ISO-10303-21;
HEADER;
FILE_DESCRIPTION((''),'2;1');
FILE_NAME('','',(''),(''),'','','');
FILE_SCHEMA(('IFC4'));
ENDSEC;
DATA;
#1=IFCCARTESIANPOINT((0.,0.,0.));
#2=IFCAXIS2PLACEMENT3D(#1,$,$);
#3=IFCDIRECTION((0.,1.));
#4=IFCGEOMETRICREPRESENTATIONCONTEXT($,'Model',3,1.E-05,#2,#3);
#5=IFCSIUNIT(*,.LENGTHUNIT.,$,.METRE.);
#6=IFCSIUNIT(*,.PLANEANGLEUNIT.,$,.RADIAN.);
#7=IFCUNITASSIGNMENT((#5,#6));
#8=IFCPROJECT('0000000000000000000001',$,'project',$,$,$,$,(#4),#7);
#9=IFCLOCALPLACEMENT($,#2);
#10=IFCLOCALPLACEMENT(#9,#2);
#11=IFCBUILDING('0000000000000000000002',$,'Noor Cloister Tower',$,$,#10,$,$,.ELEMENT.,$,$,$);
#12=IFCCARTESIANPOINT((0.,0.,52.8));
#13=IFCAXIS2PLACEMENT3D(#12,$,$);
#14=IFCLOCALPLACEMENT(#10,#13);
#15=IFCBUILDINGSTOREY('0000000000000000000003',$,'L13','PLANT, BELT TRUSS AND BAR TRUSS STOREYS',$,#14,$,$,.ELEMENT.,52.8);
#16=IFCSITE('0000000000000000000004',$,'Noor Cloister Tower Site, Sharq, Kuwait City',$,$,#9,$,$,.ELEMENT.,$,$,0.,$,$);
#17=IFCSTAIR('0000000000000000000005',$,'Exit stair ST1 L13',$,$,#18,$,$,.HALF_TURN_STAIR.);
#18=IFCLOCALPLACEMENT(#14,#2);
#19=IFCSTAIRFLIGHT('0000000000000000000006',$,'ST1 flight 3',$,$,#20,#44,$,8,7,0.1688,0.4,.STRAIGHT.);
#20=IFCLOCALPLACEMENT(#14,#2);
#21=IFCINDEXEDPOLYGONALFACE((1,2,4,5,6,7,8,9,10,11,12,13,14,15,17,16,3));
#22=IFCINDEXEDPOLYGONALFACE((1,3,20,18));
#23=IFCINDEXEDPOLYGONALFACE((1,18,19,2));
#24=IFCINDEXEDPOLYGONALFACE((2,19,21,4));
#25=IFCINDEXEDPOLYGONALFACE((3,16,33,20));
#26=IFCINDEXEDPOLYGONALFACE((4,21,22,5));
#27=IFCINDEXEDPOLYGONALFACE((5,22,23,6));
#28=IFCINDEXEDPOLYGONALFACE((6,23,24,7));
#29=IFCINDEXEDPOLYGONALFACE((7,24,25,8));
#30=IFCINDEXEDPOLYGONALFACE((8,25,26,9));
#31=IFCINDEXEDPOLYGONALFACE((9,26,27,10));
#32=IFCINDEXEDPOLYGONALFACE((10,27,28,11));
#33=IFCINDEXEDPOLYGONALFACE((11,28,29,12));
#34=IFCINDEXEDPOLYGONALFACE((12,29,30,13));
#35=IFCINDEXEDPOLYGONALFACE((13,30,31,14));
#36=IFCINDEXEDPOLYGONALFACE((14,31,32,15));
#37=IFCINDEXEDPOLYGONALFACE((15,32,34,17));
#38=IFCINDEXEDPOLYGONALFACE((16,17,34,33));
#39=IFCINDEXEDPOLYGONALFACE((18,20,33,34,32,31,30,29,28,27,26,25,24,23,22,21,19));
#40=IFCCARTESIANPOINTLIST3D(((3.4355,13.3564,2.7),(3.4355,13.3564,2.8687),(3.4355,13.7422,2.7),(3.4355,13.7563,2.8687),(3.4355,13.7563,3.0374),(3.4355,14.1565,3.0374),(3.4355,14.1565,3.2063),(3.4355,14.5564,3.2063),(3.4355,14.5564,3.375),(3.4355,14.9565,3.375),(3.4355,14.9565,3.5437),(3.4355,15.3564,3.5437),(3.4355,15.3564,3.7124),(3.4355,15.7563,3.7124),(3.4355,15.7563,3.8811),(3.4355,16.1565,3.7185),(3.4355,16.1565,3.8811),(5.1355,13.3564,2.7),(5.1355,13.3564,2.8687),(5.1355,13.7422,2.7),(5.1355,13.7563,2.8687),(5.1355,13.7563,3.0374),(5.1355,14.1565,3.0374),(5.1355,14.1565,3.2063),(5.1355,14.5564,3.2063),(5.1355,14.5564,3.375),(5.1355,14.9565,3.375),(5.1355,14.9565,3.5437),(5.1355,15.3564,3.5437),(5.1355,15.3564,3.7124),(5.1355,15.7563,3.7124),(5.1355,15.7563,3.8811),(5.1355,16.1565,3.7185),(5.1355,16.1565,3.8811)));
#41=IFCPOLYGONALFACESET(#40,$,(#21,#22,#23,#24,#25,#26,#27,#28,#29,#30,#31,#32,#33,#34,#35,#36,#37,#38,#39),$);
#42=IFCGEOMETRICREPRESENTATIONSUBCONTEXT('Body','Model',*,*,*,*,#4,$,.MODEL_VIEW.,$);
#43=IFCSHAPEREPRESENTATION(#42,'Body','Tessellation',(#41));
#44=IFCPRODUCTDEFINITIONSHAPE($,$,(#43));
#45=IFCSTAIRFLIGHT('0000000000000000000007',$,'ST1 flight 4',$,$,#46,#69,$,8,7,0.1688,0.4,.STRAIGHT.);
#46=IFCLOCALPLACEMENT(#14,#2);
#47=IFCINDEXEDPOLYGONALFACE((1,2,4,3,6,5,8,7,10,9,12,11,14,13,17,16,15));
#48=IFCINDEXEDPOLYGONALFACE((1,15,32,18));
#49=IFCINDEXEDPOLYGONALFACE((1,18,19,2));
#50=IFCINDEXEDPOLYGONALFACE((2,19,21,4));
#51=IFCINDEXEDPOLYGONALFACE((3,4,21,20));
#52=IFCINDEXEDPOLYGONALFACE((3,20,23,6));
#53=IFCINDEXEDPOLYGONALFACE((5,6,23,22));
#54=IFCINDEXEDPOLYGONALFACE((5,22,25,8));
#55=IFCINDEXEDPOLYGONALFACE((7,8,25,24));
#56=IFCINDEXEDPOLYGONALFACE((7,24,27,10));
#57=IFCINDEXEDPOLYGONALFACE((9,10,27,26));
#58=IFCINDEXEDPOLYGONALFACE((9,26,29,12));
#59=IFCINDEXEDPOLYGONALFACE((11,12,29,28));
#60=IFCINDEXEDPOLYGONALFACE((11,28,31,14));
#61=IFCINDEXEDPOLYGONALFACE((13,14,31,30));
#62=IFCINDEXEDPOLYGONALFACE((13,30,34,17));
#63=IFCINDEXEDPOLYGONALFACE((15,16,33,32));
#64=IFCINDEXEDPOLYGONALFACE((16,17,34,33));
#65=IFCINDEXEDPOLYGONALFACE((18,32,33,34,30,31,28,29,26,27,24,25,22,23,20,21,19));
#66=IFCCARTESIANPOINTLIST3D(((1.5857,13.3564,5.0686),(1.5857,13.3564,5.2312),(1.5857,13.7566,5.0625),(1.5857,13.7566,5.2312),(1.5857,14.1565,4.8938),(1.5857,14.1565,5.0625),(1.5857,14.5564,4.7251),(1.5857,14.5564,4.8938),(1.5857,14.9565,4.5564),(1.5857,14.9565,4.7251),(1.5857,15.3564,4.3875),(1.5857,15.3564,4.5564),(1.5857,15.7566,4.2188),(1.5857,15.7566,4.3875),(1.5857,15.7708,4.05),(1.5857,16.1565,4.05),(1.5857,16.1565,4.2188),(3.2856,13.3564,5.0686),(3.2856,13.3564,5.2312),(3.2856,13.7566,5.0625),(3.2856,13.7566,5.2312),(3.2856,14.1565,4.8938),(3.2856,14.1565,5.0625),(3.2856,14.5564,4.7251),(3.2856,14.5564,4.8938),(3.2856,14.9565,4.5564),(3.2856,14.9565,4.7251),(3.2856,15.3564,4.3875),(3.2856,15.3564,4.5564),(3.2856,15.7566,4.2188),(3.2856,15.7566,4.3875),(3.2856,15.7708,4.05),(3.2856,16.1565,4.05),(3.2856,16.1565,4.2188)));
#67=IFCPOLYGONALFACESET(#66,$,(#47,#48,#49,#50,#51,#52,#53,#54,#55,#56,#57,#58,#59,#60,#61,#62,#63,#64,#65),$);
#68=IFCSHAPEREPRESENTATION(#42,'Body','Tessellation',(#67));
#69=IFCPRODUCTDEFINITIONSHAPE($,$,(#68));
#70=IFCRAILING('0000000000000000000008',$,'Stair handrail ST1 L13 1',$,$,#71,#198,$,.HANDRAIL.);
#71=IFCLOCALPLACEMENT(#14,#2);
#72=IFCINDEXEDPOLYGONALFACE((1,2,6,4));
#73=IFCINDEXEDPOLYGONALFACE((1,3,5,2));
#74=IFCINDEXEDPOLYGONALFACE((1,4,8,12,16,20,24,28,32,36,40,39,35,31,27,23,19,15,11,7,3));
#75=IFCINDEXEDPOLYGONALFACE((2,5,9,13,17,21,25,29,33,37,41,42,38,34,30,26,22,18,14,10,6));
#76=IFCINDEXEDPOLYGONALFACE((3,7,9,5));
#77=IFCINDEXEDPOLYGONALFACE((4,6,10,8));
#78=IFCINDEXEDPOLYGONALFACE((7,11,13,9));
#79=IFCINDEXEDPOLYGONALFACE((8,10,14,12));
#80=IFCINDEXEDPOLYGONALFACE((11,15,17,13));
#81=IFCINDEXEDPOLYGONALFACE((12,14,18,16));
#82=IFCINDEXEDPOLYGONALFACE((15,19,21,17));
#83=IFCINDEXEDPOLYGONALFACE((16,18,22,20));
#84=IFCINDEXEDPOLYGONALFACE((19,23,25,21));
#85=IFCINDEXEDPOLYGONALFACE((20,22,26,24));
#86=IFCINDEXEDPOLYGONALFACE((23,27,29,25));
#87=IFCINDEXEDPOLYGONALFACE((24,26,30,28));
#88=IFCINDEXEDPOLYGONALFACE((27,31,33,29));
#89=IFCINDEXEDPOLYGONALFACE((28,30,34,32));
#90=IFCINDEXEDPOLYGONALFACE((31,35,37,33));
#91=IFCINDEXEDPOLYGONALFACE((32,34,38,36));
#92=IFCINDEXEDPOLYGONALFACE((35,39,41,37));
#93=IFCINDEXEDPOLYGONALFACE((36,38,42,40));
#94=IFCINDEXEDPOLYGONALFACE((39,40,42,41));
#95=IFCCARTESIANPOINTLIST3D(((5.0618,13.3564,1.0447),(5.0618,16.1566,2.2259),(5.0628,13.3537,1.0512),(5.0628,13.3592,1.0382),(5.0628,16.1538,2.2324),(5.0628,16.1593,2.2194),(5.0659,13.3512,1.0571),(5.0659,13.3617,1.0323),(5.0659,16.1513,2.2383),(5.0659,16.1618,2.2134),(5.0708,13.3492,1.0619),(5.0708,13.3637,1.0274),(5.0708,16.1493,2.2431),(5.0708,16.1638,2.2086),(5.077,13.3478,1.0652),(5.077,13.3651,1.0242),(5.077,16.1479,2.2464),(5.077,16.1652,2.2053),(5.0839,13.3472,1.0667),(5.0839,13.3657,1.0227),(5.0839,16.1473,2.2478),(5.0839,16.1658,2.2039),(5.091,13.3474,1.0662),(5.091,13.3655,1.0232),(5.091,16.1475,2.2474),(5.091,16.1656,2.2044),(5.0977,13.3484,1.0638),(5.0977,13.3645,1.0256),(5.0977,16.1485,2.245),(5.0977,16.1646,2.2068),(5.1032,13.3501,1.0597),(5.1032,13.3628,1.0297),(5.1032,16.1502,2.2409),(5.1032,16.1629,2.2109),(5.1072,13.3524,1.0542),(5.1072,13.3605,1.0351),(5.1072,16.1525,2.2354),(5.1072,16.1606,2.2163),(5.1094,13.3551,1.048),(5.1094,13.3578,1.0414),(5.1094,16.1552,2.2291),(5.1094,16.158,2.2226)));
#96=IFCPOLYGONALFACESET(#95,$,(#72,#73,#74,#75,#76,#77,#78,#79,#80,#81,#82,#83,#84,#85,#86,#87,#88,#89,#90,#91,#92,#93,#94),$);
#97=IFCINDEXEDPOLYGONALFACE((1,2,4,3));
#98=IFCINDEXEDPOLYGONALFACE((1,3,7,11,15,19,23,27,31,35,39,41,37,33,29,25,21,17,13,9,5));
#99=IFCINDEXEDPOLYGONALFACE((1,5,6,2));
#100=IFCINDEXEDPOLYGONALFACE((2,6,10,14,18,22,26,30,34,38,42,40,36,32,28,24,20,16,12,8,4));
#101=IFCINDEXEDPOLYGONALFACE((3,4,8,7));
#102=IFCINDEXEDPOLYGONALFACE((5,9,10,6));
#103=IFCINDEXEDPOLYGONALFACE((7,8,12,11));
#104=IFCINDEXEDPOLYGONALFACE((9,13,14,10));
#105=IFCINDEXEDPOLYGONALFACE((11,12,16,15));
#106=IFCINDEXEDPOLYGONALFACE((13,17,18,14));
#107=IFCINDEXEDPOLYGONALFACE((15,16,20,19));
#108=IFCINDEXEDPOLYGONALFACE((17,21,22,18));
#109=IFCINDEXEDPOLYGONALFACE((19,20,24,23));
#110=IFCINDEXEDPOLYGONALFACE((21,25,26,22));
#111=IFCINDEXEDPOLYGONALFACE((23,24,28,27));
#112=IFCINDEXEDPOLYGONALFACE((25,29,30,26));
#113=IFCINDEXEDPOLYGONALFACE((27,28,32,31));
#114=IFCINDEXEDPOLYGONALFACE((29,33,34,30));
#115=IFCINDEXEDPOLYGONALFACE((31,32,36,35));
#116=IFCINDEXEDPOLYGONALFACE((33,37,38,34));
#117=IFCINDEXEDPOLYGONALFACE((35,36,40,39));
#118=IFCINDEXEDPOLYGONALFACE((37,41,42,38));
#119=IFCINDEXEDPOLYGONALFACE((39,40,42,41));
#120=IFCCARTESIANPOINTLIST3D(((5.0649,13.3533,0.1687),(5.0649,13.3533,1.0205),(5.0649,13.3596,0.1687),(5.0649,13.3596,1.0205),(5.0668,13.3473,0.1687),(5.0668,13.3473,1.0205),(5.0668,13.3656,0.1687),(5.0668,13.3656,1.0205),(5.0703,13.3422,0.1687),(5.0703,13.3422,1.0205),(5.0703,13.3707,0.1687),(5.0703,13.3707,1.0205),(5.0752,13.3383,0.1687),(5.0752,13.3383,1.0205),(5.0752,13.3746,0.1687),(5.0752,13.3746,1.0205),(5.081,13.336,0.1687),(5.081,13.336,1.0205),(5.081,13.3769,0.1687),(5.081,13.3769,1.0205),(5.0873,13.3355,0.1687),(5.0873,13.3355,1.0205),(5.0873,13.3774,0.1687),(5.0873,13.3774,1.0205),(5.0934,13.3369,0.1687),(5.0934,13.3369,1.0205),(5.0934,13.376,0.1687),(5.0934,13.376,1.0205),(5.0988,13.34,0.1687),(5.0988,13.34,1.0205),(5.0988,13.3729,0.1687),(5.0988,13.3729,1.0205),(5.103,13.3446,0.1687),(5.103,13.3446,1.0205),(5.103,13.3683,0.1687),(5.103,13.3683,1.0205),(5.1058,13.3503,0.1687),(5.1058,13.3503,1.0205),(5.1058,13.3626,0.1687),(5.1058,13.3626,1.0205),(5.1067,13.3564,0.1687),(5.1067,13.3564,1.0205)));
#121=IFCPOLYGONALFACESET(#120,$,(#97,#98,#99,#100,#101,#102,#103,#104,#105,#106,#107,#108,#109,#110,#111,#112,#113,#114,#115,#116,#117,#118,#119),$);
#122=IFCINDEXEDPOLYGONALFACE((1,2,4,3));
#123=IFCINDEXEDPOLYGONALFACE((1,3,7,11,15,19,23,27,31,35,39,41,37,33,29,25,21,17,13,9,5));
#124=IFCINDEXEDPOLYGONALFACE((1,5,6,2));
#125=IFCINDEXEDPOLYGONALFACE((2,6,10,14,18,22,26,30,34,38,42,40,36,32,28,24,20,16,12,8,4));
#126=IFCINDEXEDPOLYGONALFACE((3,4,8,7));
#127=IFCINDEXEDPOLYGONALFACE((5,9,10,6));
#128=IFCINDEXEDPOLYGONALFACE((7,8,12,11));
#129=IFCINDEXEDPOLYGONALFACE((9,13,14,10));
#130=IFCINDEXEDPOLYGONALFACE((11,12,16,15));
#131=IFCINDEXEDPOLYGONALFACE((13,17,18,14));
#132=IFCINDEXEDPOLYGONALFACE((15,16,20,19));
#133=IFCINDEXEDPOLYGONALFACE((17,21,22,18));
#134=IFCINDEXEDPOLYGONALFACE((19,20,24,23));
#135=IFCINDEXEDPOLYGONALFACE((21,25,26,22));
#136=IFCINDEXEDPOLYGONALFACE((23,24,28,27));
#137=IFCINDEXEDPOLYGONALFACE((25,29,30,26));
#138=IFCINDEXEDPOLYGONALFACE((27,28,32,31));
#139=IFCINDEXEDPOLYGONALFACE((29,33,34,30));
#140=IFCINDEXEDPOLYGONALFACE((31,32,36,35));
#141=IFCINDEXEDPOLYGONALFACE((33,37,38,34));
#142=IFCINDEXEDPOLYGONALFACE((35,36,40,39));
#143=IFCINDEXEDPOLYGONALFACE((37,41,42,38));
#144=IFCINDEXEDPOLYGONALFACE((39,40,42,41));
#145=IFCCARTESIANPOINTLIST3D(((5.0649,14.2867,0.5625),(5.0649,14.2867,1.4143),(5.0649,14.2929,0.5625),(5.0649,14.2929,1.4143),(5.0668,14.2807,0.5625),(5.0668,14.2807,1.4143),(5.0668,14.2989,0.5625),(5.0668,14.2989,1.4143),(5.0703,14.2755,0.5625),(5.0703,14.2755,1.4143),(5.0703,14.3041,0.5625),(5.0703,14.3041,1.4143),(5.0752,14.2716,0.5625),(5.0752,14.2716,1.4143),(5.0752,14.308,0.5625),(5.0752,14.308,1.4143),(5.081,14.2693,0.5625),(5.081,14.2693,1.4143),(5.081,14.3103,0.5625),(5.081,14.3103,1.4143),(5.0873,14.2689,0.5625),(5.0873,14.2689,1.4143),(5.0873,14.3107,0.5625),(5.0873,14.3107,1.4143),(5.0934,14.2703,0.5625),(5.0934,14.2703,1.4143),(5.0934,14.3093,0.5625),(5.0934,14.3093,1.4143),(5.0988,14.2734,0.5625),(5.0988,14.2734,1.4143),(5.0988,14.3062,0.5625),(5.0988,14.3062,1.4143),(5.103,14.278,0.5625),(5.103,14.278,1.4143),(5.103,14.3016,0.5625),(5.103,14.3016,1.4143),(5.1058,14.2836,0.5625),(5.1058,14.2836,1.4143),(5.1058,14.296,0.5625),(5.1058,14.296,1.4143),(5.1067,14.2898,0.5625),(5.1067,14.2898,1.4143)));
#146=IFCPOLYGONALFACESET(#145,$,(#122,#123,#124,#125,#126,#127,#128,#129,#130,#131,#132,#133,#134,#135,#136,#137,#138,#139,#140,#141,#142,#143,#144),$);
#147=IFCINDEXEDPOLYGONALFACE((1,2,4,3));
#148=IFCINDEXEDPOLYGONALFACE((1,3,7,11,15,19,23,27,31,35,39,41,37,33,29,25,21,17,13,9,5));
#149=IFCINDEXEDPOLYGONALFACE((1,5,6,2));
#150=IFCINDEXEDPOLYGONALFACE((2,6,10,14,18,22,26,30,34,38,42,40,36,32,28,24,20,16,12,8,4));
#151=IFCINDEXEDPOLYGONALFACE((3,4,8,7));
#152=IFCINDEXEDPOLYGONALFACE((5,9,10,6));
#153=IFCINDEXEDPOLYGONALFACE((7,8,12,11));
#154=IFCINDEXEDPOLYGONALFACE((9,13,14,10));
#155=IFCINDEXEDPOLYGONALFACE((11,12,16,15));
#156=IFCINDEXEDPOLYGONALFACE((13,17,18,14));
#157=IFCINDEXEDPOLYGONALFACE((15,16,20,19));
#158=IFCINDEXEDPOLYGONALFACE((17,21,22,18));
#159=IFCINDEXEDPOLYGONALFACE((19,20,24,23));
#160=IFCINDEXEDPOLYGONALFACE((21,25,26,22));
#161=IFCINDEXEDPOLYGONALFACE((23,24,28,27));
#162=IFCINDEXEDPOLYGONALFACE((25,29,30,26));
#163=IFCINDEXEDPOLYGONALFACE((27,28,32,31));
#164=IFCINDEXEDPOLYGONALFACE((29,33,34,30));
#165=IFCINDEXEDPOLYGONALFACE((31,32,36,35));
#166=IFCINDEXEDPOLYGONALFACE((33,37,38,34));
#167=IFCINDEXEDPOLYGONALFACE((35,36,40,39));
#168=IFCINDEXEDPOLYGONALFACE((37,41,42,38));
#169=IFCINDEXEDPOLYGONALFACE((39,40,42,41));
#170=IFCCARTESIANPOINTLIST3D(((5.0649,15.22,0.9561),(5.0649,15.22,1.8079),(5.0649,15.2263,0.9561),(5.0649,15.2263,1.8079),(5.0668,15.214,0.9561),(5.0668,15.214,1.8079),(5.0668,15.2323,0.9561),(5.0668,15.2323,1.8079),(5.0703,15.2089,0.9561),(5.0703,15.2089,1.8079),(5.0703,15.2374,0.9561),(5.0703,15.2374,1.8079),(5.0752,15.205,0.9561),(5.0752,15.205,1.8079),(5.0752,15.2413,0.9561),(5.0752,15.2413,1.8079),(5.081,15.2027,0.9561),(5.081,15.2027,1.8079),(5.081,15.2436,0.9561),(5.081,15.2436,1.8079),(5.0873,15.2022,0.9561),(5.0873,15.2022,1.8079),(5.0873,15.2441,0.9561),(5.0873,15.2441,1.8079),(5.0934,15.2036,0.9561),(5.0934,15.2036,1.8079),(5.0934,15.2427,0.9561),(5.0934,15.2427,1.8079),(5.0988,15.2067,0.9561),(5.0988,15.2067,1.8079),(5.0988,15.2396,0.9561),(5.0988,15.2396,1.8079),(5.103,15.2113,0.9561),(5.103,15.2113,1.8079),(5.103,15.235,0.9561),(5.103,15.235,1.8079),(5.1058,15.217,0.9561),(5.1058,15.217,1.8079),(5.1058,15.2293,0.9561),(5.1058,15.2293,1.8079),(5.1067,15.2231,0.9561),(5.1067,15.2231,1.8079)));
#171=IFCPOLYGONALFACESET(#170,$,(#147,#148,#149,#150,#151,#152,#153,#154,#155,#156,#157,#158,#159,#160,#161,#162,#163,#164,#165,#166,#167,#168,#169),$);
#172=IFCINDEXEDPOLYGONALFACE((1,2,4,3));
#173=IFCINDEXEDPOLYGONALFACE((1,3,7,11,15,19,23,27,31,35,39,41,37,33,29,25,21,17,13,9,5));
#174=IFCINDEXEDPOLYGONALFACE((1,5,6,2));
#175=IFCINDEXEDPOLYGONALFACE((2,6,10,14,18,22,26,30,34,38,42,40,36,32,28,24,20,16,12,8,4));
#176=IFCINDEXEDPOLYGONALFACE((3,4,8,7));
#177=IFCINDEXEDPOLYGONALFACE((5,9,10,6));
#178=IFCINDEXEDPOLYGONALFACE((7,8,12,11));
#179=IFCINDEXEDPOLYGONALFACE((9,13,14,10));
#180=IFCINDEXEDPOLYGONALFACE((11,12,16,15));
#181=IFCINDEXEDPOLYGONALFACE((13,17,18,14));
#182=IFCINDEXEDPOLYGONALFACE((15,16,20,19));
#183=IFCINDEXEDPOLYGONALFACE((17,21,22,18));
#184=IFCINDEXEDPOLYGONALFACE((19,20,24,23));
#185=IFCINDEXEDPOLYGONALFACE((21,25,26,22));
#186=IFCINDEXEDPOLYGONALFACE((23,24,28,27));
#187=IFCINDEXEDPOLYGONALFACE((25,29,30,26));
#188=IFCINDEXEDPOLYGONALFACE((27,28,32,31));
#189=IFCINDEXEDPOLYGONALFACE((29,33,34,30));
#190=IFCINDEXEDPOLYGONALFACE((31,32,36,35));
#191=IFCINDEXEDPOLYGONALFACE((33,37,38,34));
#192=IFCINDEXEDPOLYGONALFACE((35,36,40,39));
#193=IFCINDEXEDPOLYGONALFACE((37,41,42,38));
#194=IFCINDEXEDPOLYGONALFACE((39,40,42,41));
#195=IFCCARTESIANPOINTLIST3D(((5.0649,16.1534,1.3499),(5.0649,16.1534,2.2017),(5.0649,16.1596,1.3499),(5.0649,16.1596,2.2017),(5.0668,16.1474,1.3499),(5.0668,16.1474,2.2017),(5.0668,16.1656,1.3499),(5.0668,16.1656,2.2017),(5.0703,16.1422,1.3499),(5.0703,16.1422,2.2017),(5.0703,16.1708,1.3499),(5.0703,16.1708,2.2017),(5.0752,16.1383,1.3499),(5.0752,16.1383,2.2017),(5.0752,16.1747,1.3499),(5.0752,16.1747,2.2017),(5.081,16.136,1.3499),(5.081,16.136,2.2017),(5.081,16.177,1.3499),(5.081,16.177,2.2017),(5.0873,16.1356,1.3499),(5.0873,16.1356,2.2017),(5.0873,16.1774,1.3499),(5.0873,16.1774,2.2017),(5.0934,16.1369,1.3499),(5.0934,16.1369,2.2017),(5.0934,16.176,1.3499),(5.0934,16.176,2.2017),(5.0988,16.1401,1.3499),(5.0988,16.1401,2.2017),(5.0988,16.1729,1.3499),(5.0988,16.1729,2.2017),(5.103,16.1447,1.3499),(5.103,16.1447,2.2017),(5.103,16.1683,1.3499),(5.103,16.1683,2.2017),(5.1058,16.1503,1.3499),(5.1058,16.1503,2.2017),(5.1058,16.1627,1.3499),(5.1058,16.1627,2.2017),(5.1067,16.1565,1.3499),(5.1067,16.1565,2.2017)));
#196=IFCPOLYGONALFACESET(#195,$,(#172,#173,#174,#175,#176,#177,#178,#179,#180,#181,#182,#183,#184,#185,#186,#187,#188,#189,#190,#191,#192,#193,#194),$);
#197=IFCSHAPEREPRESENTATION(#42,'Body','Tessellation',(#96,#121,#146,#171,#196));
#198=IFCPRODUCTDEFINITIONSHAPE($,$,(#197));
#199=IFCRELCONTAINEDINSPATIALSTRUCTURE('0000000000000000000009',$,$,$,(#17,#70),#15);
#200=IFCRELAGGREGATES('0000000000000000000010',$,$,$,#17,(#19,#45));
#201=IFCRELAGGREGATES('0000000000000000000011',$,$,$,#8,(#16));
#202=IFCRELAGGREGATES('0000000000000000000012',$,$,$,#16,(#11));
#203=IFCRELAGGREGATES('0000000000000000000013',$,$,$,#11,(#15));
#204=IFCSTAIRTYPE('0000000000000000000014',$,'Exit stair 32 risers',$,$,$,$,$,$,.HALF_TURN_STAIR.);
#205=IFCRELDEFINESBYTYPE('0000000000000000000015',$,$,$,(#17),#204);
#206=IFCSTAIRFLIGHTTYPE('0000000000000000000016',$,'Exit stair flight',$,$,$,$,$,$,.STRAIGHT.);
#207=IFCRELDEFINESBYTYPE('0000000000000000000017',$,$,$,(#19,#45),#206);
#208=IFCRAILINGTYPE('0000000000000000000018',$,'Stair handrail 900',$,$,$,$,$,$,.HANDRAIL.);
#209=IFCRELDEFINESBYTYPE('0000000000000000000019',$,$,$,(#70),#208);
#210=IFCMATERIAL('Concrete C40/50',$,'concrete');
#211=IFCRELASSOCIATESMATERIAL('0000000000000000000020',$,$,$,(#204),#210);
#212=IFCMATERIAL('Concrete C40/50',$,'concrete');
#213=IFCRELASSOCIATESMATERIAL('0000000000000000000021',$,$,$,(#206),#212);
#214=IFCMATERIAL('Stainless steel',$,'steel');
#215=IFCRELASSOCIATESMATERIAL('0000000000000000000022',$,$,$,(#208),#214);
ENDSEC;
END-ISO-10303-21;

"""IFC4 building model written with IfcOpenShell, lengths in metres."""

from ifc_helpers import new_model, si_unit, direction, frame, origin, origin_2d, place, context, subcontext, project, spatial, polyline, circle, outline, extrude, material, type_object, element, aggregate, save


model = new_model("IFC4")

# Units and contexts
model_context = context("Model", 3, precision=1e-05, world=origin(), true_north=direction((0.0, 1.0)))
body_context = subcontext(model_context, "Body", "Model", "MODEL_VIEW")
ifc_project = project(units=[si_unit("LENGTHUNIT", "METRE"), si_unit("PLANEANGLEUNIT", "RADIAN")], contexts=[model_context])

# Site, building, storey
site_placement = place(None, origin())
site = spatial("IfcSite", under=ifc_project, at=site_placement, Name="Noor Cloister Tower Site, Sharq, Kuwait City", CompositionType="ELEMENT", RefElevation=0.0)
building_placement = place(site_placement, origin())
building = spatial("IfcBuilding", under=site, at=building_placement, Name="Noor Cloister Tower", CompositionType="ELEMENT")
storey_placement = place(building_placement, frame((0.0, 0.0, 52.8)))
storey = spatial("IfcBuildingStorey", under=building, at=storey_placement, Name="L13", Description="PLANT, BELT TRUSS AND BAR TRUSS STOREYS", CompositionType="ELEMENT", Elevation=52.8)

# Stair, stair flights
ifc_material_1 = material(Name="Concrete C40/50", Category="concrete")
stair_type = type_object("IfcStairType", Name="Exit stair 32 risers", PredefinedType="HALF_TURN_STAIR", material=ifc_material_1)
stair_placement = place(storey_placement, origin())
stair = element("IfcStair", 1, at=stair_placement, inside=storey, type_object=stair_type, Name="Exit stair ST1 L13", PredefinedType="HALF_TURN_STAIR")
ifc_material_2 = material(Name="Concrete C40/50", Category="concrete")
stair_flight_type = type_object("IfcStairFlightType", Name="Exit stair flight", PredefinedType="STRAIGHT", material=ifc_material_2)
stair_flight_1_placement = place(storey_placement, frame((4.2856, 13.3564, 2.7), z_axis=(0.0, 0.0, 1.0), x_axis=(0.0, 1.0, 0.0)))
stair_flight_1 = element("IfcStairFlight", 2, at=stair_flight_1_placement, type_object=stair_flight_type, Name="ST1 flight 3", NumberOfRisers=8, NumberOfTreads=7, PredefinedType="STRAIGHT", RiserHeight=0.1688, TreadLength=0.4, context=body_context, shape_type="SweptSolid", body=[
    extrude(outline(polyline([(0.0, 0.0), (0.0, 0.1687), (0.3999, 0.1687), (0.3999, 0.3374), (0.8, 0.3374), (0.8, 0.5063), (1.2, 0.5063), (1.2, 0.675), (1.6001, 0.675), (1.6001, 0.8438), (2.0, 0.8438), (2.0, 1.0125), (2.3999, 1.0125), (2.3999, 1.1812), (2.8, 1.1812), (2.8, 1.3501), (2.8, 1.0186), (0.3857, 0.0), (0.0, 0.0)])), frame((0.0, 0.8501, 0.0), z_axis=(0.0, -1.0, 0.0), x_axis=(1.0, 0.0, 0.0)), (0.0, 0.0, 1.0), 1.7),
])
stair_flight_2_placement = place(storey_placement, frame((2.4355, 16.1565, 4.05), z_axis=(0.0, 0.0, 1.0), x_axis=(0.0, -1.0, 0.0)))
stair_flight_2 = element("IfcStairFlight", 3, at=stair_flight_2_placement, type_object=stair_flight_type, Name="ST1 flight 4", NumberOfRisers=8, NumberOfTreads=7, PredefinedType="STRAIGHT", RiserHeight=0.1688, TreadLength=0.4, context=body_context, shape_type="SweptSolid", body=[
    extrude(outline(polyline([(0.0, 0.0), (0.0, 0.1687), (0.3999, 0.1687), (0.3999, 0.3374), (0.8, 0.3374), (0.8, 0.5063), (1.2, 0.5063), (1.2, 0.675), (1.6001, 0.675), (1.6001, 0.8438), (2.0, 0.8438), (2.0, 1.0125), (2.3999, 1.0125), (2.3999, 1.1812), (2.8, 1.1812), (2.8, 1.3501), (2.8, 1.0186), (0.3857, 0.0), (0.0, 0.0)])), frame((0.0, 0.8501, 0.0), z_axis=(0.0, -1.0, 0.0), x_axis=(1.0, 0.0, 0.0)), (0.0, 0.0, 1.0), 1.7),
])
aggregate(stair, [stair_flight_1, stair_flight_2])

# Railing
ifc_material_3 = material(Name="Stainless steel", Category="steel")
railing_type_1 = type_object("IfcRailingType", Name="Stair handrail 900", PredefinedType="HANDRAIL", material=ifc_material_3)
railing_1_placement = place(storey_placement, frame((5.0857, 13.3564, 0.1687)))
element("IfcRailing", 4, at=railing_1_placement, inside=storey, type_object=railing_type_1, Name="Stair handrail ST1 L13 1", PredefinedType="HANDRAIL", context=body_context, shape_type="SweptSolid", body=[
    extrude(circle(Radius=0.0239, at=origin_2d()), frame((0.0, 0.0, 0.876), z_axis=(0.0, 0.921378, 0.388667), x_axis=(-1.0, 0.0, 0.0)), (0.0, 0.0, 1.0), 3.0391),
    extrude(circle(Radius=0.021, at=origin_2d()), origin(), (0.0, 0.0, 1.0), 0.8518),
    extrude(circle(Radius=0.021, at=origin_2d()), frame((0.0, 0.9333, 0.3938)), (0.0, 0.0, 1.0), 0.8518),
    extrude(circle(Radius=0.021, at=origin_2d()), frame((0.0, 1.8667, 0.7874)), (0.0, 0.0, 1.0), 0.8518),
    extrude(circle(Radius=0.021, at=origin_2d()), frame((0.0, 2.8, 1.1812)), (0.0, 0.0, 1.0), 0.8518),
])

save(model, "model.ifc")
